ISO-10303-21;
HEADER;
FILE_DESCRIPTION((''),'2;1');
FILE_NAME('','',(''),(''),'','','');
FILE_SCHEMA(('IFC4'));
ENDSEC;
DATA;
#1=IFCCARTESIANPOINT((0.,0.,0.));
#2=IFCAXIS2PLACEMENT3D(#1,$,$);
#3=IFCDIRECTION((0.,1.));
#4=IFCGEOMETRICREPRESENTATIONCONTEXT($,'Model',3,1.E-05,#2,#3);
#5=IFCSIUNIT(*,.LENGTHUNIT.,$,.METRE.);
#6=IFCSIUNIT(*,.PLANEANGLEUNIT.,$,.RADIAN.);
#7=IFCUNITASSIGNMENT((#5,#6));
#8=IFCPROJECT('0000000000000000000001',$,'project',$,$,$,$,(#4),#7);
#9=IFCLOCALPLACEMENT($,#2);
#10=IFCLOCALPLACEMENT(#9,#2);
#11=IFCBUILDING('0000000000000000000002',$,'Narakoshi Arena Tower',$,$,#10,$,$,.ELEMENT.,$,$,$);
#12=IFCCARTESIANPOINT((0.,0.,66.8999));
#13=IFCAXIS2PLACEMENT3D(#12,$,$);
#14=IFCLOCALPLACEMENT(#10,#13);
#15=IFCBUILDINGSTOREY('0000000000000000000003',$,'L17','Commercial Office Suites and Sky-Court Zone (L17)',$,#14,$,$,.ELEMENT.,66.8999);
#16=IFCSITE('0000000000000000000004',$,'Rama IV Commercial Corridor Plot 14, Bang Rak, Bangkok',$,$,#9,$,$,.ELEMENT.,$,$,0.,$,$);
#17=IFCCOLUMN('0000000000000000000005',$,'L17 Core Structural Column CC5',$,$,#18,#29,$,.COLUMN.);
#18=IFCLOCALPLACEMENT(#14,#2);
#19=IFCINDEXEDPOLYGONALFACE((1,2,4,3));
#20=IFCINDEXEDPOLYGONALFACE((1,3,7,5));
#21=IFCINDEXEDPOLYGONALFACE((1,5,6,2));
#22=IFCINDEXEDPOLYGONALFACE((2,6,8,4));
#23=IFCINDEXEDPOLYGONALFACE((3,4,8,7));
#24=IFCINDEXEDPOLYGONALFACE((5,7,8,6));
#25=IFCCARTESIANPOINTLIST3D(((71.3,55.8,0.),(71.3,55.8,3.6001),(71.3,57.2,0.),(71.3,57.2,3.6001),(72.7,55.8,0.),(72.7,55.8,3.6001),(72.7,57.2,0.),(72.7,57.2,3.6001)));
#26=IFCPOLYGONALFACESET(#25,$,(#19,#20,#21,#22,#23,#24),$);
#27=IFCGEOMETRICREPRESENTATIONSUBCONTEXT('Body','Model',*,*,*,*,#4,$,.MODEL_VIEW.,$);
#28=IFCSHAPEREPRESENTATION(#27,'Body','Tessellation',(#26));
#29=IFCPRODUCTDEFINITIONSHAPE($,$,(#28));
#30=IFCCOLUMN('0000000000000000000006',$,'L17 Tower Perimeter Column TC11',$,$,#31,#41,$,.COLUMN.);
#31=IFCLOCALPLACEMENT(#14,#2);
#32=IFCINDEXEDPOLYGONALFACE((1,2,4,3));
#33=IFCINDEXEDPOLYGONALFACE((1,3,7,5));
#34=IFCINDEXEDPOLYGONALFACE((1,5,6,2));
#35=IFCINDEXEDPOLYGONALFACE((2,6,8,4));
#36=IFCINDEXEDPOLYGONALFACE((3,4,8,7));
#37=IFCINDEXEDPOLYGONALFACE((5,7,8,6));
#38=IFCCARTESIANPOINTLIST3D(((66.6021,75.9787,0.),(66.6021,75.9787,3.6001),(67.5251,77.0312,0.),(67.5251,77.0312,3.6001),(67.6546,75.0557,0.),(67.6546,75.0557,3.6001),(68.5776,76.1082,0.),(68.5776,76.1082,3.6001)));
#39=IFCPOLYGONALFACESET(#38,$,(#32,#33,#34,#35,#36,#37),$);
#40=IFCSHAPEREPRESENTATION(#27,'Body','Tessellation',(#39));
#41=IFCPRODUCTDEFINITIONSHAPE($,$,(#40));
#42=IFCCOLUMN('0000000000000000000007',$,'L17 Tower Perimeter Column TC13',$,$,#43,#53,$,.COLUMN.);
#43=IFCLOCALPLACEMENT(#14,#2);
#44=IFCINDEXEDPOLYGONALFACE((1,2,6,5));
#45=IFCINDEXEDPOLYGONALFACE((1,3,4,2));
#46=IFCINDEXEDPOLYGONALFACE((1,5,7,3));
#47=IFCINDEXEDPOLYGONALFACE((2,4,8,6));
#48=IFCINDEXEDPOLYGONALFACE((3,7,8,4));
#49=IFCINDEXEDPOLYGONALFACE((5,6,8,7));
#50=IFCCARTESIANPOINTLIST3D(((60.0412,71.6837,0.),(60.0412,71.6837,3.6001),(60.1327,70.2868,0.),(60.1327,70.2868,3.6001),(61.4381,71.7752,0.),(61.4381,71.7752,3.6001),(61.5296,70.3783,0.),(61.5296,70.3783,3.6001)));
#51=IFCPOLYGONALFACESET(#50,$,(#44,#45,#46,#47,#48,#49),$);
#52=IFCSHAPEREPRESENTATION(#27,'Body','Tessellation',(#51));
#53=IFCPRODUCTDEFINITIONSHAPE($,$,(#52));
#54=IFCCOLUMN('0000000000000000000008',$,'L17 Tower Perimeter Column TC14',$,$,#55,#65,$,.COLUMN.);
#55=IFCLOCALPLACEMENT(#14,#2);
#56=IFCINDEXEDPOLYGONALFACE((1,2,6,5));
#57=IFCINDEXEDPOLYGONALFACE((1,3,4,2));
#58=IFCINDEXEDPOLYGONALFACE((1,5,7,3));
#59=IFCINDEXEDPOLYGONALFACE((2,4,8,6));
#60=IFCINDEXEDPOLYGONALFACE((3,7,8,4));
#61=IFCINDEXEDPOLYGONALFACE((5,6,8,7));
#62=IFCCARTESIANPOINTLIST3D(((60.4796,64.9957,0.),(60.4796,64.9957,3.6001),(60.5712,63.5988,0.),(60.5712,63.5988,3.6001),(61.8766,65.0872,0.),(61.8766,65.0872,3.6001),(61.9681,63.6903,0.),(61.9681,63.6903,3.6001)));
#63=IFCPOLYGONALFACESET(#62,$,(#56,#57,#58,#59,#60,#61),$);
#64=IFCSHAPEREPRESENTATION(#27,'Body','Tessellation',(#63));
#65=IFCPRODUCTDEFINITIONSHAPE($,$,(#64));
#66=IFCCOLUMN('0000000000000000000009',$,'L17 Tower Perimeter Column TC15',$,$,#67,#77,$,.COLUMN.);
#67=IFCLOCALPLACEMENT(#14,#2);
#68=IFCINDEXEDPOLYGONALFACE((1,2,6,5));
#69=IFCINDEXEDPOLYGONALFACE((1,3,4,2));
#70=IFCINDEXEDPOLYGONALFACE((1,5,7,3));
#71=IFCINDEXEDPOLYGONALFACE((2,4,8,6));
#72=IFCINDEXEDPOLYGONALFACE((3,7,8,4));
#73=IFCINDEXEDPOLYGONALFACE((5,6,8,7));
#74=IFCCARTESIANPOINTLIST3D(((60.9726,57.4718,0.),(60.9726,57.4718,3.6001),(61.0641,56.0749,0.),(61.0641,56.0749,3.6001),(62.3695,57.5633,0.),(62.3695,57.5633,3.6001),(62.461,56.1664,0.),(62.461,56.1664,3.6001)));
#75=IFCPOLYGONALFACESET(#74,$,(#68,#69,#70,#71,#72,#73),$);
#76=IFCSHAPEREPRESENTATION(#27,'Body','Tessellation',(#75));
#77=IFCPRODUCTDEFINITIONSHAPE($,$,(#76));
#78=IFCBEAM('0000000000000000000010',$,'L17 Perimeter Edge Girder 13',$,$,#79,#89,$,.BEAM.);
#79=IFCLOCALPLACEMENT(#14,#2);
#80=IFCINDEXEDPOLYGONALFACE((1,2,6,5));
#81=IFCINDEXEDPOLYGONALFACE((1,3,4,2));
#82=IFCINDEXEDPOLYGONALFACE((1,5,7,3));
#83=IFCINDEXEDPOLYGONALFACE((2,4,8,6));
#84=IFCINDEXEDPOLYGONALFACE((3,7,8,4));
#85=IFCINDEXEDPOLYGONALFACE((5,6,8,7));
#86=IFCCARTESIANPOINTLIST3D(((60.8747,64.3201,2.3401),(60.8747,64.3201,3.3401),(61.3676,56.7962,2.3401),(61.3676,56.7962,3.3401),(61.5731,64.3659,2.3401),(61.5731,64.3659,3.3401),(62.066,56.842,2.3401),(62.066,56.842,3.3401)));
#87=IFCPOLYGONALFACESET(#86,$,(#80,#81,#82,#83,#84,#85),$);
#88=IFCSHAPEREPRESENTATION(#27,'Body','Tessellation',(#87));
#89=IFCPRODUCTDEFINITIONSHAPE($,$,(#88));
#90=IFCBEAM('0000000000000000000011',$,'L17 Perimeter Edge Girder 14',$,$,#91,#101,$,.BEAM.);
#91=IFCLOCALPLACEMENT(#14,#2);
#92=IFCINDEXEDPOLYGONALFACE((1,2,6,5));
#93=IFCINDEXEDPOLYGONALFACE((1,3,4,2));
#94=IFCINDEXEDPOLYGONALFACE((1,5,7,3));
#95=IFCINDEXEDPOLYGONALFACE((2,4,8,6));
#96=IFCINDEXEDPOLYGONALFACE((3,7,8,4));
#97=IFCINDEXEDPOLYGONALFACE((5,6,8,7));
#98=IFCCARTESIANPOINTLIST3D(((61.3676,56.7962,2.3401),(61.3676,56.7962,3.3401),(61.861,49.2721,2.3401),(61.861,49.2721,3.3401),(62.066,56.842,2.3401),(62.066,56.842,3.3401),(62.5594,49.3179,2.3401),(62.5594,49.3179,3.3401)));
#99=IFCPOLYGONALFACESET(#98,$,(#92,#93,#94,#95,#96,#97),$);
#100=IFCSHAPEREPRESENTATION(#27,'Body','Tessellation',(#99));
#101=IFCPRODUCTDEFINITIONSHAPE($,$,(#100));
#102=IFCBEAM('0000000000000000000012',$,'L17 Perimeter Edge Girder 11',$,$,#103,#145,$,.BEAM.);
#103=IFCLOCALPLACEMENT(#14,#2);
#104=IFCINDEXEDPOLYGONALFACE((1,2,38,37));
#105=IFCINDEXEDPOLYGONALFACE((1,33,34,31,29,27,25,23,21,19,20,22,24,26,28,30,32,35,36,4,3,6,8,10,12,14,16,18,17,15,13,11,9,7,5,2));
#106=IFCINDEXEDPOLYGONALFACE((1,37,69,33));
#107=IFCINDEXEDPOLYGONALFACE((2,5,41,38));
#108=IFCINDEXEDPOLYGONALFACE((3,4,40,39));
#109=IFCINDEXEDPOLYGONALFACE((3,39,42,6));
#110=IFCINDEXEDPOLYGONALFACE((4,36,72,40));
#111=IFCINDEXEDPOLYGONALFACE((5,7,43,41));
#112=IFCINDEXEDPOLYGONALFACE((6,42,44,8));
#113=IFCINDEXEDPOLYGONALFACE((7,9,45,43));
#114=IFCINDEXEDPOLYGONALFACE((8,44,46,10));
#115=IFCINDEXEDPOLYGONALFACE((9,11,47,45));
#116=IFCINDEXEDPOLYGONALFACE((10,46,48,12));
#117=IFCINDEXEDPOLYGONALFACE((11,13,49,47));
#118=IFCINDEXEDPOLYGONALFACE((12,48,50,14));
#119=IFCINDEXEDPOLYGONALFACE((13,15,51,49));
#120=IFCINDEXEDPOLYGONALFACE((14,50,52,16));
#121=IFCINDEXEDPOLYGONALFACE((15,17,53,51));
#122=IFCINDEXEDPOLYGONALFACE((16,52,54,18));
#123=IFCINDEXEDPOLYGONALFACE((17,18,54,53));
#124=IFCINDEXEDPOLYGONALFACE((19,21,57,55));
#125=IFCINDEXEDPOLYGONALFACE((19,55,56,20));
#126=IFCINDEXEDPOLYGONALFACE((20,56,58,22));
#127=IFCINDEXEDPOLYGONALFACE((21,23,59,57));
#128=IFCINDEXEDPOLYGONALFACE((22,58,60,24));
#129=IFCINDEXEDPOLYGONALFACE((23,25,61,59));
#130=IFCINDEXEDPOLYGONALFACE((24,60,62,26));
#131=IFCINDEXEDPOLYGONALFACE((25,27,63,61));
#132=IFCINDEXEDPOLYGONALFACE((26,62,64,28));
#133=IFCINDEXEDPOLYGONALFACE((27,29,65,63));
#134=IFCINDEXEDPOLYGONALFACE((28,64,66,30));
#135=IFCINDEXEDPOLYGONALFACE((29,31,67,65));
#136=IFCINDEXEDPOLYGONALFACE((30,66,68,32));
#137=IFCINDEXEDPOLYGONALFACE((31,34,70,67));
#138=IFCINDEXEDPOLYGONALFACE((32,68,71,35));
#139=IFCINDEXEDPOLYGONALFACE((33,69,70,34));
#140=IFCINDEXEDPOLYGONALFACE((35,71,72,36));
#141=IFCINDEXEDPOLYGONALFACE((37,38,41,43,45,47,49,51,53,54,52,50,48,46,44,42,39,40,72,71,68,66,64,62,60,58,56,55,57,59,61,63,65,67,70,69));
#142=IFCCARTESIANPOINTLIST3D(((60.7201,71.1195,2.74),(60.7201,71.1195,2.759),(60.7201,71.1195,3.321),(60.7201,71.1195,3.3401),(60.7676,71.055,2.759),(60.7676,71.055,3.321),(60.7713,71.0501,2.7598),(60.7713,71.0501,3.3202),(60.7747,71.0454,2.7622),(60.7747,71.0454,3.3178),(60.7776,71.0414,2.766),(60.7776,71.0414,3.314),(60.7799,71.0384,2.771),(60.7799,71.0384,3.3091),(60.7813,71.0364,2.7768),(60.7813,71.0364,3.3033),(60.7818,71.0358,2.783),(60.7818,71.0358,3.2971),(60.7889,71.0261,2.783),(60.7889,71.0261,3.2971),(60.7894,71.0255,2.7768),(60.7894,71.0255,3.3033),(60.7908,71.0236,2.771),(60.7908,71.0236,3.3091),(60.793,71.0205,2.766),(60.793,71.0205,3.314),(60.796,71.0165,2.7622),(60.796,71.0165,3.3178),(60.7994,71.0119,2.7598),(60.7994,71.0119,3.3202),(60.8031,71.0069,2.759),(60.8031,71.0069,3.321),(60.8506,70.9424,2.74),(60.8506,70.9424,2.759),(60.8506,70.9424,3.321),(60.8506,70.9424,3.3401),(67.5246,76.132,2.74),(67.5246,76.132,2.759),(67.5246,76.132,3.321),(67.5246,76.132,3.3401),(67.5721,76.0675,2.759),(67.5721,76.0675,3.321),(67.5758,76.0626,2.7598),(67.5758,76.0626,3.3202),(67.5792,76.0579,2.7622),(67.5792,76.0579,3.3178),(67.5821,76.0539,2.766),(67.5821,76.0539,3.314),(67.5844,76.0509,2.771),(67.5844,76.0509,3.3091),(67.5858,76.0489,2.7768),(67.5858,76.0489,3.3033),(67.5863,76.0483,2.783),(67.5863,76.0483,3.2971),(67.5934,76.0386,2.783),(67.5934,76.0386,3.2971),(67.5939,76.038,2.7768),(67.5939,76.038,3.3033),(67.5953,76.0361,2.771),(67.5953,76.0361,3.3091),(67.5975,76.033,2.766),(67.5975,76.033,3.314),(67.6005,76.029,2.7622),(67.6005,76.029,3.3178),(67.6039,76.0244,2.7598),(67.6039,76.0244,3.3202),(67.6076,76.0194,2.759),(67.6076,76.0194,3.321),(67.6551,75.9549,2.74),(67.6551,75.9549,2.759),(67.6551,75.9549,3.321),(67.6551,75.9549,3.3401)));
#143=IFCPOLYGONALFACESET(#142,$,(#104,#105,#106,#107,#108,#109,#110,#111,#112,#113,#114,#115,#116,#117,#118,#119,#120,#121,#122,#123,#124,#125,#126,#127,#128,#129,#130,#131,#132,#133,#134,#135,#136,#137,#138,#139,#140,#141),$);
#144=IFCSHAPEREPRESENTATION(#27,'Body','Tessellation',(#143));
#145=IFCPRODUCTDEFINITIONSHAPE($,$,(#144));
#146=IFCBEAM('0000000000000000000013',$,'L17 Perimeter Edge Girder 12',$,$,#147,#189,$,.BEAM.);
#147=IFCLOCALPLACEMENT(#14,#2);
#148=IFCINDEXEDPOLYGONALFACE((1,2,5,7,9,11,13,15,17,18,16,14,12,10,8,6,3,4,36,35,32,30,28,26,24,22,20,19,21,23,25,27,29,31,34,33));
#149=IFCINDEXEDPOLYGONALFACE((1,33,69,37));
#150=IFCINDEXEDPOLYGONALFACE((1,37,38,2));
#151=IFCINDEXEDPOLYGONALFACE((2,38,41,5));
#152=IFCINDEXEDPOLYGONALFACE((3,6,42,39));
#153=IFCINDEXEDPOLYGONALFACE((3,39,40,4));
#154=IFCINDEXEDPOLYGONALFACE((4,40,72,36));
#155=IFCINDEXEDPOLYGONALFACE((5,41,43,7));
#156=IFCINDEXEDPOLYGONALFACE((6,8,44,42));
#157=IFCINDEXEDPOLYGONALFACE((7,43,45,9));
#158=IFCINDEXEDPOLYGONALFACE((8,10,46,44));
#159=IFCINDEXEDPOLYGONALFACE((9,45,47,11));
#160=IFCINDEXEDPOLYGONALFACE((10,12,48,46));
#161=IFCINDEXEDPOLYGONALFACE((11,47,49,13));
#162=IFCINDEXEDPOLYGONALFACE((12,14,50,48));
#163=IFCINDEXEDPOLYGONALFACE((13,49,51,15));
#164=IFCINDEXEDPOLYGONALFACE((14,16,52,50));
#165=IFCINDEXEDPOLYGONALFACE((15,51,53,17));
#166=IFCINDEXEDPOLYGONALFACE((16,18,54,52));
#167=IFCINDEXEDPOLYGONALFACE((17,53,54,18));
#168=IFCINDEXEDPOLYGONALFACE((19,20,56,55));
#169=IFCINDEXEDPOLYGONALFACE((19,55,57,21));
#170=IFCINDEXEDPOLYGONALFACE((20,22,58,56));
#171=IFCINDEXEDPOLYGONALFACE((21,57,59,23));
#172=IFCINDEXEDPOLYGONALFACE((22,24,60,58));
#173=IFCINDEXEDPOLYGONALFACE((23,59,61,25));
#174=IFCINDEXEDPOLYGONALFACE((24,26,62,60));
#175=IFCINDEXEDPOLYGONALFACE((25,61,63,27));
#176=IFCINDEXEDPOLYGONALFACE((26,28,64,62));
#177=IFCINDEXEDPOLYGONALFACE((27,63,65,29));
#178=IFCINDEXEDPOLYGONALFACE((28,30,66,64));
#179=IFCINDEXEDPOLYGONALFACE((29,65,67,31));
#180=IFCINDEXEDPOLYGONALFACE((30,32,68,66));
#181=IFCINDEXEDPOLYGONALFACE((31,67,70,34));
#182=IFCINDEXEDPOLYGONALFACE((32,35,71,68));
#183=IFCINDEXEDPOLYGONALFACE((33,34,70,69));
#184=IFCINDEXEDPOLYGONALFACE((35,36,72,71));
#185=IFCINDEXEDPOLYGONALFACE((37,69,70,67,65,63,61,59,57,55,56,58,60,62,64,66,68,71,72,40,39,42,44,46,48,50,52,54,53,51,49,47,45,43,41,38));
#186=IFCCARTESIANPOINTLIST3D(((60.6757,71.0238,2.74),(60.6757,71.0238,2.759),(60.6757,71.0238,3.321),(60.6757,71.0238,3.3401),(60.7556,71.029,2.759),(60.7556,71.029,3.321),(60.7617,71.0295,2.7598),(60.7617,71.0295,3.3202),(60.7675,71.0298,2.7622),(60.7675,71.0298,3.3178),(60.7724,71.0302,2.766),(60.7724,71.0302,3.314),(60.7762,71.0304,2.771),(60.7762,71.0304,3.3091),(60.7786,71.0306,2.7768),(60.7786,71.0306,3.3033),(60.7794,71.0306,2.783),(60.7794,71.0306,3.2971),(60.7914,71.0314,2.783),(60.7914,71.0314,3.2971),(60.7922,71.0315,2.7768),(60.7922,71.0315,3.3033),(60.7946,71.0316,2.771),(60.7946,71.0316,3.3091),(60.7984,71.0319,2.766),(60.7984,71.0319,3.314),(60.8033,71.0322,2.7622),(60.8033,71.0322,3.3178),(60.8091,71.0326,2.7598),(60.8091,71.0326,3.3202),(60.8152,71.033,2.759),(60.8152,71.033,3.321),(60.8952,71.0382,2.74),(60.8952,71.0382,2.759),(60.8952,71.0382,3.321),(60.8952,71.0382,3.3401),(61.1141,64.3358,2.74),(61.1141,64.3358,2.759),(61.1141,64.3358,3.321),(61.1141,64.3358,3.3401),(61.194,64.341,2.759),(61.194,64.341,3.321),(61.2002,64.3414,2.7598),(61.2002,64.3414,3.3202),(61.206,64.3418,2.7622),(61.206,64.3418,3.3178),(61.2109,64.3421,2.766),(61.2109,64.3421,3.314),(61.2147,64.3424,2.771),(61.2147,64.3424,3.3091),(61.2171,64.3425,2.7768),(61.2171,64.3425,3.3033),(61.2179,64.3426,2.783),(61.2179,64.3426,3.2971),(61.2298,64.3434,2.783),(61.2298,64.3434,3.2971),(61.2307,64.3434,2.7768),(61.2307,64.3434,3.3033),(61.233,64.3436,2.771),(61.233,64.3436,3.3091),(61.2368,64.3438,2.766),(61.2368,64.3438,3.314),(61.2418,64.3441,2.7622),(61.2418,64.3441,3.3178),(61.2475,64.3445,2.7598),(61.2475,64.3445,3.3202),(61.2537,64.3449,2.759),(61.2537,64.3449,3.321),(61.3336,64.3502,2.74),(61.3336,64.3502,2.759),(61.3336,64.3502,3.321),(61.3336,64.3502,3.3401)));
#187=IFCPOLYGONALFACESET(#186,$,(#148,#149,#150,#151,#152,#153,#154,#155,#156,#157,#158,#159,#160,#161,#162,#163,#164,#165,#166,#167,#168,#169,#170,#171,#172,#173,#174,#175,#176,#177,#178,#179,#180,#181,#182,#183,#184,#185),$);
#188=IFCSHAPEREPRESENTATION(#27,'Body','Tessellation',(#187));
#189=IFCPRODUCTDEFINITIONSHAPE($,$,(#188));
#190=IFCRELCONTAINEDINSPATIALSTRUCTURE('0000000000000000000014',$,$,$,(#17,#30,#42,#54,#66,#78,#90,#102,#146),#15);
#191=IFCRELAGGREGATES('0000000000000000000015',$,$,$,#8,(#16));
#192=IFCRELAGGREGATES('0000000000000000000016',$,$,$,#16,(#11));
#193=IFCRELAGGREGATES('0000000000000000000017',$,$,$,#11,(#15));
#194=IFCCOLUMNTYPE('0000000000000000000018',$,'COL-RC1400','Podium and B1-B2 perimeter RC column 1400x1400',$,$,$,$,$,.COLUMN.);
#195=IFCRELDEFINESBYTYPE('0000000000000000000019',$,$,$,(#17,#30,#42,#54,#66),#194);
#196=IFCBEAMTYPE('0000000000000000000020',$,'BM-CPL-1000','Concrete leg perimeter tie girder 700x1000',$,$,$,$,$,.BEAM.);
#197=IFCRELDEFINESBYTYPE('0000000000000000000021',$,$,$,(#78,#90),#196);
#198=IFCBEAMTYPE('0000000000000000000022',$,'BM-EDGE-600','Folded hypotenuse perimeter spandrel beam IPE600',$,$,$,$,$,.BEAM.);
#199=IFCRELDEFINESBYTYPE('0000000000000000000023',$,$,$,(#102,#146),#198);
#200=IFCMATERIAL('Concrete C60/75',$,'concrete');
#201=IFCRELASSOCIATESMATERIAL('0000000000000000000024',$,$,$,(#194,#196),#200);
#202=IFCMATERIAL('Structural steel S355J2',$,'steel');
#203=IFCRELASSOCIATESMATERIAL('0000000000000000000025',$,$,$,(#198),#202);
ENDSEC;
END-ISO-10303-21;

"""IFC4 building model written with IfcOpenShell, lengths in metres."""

from ifc_helpers import new_model, si_unit, direction, frame, origin, origin_2d, place, context, subcontext, project, spatial, rectangle, i_section, extrude, material, material_profile, profile_set, type_object, element, save


model = new_model("IFC4")

# Units and contexts
model_context = context("Model", 3, precision=1e-05, world=origin(), true_north=direction((0.0, 1.0)))
body_context = subcontext(model_context, "Body", "Model", "MODEL_VIEW")
ifc_project = project(units=[si_unit("LENGTHUNIT", "METRE"), si_unit("PLANEANGLEUNIT", "RADIAN")], contexts=[model_context])

# Site, building, storey
site_placement = place(None, origin())
site = spatial("IfcSite", under=ifc_project, at=site_placement, Name="Rama IV Commercial Corridor Plot 14, Bang Rak, Bangkok", CompositionType="ELEMENT", RefElevation=0.0)
building_placement = place(site_placement, origin())
building = spatial("IfcBuilding", under=site, at=building_placement, Name="Narakoshi Arena Tower", CompositionType="ELEMENT")
storey_placement = place(building_placement, frame((0.0, 0.0, 66.8999)))
storey = spatial("IfcBuildingStorey", under=building, at=storey_placement, Name="L17", Description="Commercial Office Suites and Sky-Court Zone (L17)", CompositionType="ELEMENT", Elevation=66.8999)

# Columns
ifc_material_1 = material(Name="Concrete C60/75", Category="concrete")
ifc_material_profile_1 = material_profile(ifc_material_1, rectangle(XDim=1.3999, YDim=1.3999, at=origin_2d()), Name="RC1400x1400")
ifc_profile_set_1 = profile_set([ifc_material_profile_1], Name="Concrete C60/75")
column_type = type_object("IfcColumnType", Name="COL-RC1400", Description="Podium and B1-B2 perimeter RC column 1400x1400", PredefinedType="COLUMN", material=ifc_profile_set_1)
for number, where, z_axis, x_axis, name in (
    (1, (72.0, 56.5, 0.0), (0.0, 0.0, 1.0), (1.0, 0.0, 0.0), "L17 Core Structural Column CC5"),
    (2, (67.5898, 76.0435, 0.0), (0.0, 0.0, 1.0), (0.659346, 0.75184, 0.0), "L17 Tower Perimeter Column TC11"),
    (3, (60.7854, 71.031, 0.0), (0.0, 0.0, 1.0), (-0.065403, 0.997859, 0.0), "L17 Tower Perimeter Column TC13"),
    (4, (61.2239, 64.343, 0.0), (0.0, 0.0, 1.0), (-0.065403, 0.997859, 0.0), "L17 Tower Perimeter Column TC14"),
    (5, (61.7168, 56.8191, 0.0), (0.0, 0.0, 1.0), (-0.065403, 0.997859, 0.0), "L17 Tower Perimeter Column TC15"),
):
    element("IfcColumn", number, at=place(storey_placement, frame(where, z_axis=z_axis, x_axis=x_axis)), inside=storey, type_object=column_type, Name=name, PredefinedType="COLUMN", context=body_context, shape_type="SweptSolid", body=[
        extrude(rectangle(XDim=1.3999, YDim=1.3999, at=origin_2d()), origin(), (0.0, 0.0, 1.0), 3.6001),
    ])

# Beams
ifc_material_profile_2 = material_profile(ifc_material_1, rectangle(XDim=0.7, YDim=1.0, at=origin_2d()), Name="RCB700x1000")
ifc_profile_set_2 = profile_set([ifc_material_profile_2], Name="Concrete C60/75")
beam_type_1 = type_object("IfcBeamType", Name="BM-CPL-1000", Description="Concrete leg perimeter tie girder 700x1000", PredefinedType="BEAM", material=ifc_profile_set_2)
beam_1_placement = place(storey_placement, frame((61.2239, 64.343, 2.8401), z_axis=(0.065374, -0.997861, 0.0), x_axis=(0.997861, 0.065374, 0.0)))
element("IfcBeam", 6, at=beam_1_placement, inside=storey, type_object=beam_type_1, Name="L17 Perimeter Edge Girder 13", PredefinedType="BEAM", context=body_context, shape_type="SweptSolid", body=[
    extrude(rectangle(XDim=0.7, YDim=1.0, at=origin_2d()), origin(), (0.0, 0.0, 1.0), 7.54),
])
beam_2_placement = place(storey_placement, frame((61.7168, 56.8191, 2.8401), z_axis=(0.065436, -0.997857, 0.0), x_axis=(0.997857, 0.065436, 0.0)))
element("IfcBeam", 7, at=beam_2_placement, inside=storey, type_object=beam_type_1, Name="L17 Perimeter Edge Girder 14", PredefinedType="BEAM", context=body_context, shape_type="SweptSolid", body=[
    extrude(rectangle(XDim=0.7, YDim=1.0, at=origin_2d()), origin(), (0.0, 0.0, 1.0), 7.5403),
])
ifc_material_2 = material(Name="Structural steel S355J2", Category="steel")
ifc_material_profile_3 = material_profile(ifc_material_2, i_section(OverallWidth=0.22, OverallDepth=0.6001, WebThickness=0.012, FlangeThickness=0.019, FilletRadius=0.0239, at=origin_2d()), Name="IPE600")
ifc_profile_set_3 = profile_set([ifc_material_profile_3], Name="Structural steel S355J2")
beam_type_2 = type_object("IfcBeamType", Name="BM-EDGE-600", Description="Folded hypotenuse perimeter spandrel beam IPE600", PredefinedType="BEAM", material=ifc_profile_set_3)
beam_3_placement = place(storey_placement, frame((67.5898, 76.0435, 3.04), z_axis=(-0.805132, -0.593096, 0.0), x_axis=(0.593096, -0.805132, 0.0)))
element("IfcBeam", 8, at=beam_3_placement, inside=storey, type_object=beam_type_2, Name="L17 Perimeter Edge Girder 11", PredefinedType="BEAM", context=body_context, shape_type="SweptSolid", body=[
    extrude(i_section(OverallWidth=0.22, OverallDepth=0.6001, WebThickness=0.012, FlangeThickness=0.019, FilletRadius=0.0239, at=origin_2d()), origin(), (0.0, 0.0, 1.0), 8.4514),
])
beam_4_placement = place(storey_placement, frame((60.7854, 71.031, 3.04), z_axis=(0.065421, -0.997858, 0.0), x_axis=(0.997858, 0.065421, 0.0)))
element("IfcBeam", 9, at=beam_4_placement, inside=storey, type_object=beam_type_2, Name="L17 Perimeter Edge Girder 12", PredefinedType="BEAM", context=body_context, shape_type="SweptSolid", body=[
    extrude(i_section(OverallWidth=0.22, OverallDepth=0.6001, WebThickness=0.012, FlangeThickness=0.019, FilletRadius=0.0239, at=origin_2d()), origin(), (0.0, 0.0, 1.0), 6.7024),
])

save(model, "model.ifc")
